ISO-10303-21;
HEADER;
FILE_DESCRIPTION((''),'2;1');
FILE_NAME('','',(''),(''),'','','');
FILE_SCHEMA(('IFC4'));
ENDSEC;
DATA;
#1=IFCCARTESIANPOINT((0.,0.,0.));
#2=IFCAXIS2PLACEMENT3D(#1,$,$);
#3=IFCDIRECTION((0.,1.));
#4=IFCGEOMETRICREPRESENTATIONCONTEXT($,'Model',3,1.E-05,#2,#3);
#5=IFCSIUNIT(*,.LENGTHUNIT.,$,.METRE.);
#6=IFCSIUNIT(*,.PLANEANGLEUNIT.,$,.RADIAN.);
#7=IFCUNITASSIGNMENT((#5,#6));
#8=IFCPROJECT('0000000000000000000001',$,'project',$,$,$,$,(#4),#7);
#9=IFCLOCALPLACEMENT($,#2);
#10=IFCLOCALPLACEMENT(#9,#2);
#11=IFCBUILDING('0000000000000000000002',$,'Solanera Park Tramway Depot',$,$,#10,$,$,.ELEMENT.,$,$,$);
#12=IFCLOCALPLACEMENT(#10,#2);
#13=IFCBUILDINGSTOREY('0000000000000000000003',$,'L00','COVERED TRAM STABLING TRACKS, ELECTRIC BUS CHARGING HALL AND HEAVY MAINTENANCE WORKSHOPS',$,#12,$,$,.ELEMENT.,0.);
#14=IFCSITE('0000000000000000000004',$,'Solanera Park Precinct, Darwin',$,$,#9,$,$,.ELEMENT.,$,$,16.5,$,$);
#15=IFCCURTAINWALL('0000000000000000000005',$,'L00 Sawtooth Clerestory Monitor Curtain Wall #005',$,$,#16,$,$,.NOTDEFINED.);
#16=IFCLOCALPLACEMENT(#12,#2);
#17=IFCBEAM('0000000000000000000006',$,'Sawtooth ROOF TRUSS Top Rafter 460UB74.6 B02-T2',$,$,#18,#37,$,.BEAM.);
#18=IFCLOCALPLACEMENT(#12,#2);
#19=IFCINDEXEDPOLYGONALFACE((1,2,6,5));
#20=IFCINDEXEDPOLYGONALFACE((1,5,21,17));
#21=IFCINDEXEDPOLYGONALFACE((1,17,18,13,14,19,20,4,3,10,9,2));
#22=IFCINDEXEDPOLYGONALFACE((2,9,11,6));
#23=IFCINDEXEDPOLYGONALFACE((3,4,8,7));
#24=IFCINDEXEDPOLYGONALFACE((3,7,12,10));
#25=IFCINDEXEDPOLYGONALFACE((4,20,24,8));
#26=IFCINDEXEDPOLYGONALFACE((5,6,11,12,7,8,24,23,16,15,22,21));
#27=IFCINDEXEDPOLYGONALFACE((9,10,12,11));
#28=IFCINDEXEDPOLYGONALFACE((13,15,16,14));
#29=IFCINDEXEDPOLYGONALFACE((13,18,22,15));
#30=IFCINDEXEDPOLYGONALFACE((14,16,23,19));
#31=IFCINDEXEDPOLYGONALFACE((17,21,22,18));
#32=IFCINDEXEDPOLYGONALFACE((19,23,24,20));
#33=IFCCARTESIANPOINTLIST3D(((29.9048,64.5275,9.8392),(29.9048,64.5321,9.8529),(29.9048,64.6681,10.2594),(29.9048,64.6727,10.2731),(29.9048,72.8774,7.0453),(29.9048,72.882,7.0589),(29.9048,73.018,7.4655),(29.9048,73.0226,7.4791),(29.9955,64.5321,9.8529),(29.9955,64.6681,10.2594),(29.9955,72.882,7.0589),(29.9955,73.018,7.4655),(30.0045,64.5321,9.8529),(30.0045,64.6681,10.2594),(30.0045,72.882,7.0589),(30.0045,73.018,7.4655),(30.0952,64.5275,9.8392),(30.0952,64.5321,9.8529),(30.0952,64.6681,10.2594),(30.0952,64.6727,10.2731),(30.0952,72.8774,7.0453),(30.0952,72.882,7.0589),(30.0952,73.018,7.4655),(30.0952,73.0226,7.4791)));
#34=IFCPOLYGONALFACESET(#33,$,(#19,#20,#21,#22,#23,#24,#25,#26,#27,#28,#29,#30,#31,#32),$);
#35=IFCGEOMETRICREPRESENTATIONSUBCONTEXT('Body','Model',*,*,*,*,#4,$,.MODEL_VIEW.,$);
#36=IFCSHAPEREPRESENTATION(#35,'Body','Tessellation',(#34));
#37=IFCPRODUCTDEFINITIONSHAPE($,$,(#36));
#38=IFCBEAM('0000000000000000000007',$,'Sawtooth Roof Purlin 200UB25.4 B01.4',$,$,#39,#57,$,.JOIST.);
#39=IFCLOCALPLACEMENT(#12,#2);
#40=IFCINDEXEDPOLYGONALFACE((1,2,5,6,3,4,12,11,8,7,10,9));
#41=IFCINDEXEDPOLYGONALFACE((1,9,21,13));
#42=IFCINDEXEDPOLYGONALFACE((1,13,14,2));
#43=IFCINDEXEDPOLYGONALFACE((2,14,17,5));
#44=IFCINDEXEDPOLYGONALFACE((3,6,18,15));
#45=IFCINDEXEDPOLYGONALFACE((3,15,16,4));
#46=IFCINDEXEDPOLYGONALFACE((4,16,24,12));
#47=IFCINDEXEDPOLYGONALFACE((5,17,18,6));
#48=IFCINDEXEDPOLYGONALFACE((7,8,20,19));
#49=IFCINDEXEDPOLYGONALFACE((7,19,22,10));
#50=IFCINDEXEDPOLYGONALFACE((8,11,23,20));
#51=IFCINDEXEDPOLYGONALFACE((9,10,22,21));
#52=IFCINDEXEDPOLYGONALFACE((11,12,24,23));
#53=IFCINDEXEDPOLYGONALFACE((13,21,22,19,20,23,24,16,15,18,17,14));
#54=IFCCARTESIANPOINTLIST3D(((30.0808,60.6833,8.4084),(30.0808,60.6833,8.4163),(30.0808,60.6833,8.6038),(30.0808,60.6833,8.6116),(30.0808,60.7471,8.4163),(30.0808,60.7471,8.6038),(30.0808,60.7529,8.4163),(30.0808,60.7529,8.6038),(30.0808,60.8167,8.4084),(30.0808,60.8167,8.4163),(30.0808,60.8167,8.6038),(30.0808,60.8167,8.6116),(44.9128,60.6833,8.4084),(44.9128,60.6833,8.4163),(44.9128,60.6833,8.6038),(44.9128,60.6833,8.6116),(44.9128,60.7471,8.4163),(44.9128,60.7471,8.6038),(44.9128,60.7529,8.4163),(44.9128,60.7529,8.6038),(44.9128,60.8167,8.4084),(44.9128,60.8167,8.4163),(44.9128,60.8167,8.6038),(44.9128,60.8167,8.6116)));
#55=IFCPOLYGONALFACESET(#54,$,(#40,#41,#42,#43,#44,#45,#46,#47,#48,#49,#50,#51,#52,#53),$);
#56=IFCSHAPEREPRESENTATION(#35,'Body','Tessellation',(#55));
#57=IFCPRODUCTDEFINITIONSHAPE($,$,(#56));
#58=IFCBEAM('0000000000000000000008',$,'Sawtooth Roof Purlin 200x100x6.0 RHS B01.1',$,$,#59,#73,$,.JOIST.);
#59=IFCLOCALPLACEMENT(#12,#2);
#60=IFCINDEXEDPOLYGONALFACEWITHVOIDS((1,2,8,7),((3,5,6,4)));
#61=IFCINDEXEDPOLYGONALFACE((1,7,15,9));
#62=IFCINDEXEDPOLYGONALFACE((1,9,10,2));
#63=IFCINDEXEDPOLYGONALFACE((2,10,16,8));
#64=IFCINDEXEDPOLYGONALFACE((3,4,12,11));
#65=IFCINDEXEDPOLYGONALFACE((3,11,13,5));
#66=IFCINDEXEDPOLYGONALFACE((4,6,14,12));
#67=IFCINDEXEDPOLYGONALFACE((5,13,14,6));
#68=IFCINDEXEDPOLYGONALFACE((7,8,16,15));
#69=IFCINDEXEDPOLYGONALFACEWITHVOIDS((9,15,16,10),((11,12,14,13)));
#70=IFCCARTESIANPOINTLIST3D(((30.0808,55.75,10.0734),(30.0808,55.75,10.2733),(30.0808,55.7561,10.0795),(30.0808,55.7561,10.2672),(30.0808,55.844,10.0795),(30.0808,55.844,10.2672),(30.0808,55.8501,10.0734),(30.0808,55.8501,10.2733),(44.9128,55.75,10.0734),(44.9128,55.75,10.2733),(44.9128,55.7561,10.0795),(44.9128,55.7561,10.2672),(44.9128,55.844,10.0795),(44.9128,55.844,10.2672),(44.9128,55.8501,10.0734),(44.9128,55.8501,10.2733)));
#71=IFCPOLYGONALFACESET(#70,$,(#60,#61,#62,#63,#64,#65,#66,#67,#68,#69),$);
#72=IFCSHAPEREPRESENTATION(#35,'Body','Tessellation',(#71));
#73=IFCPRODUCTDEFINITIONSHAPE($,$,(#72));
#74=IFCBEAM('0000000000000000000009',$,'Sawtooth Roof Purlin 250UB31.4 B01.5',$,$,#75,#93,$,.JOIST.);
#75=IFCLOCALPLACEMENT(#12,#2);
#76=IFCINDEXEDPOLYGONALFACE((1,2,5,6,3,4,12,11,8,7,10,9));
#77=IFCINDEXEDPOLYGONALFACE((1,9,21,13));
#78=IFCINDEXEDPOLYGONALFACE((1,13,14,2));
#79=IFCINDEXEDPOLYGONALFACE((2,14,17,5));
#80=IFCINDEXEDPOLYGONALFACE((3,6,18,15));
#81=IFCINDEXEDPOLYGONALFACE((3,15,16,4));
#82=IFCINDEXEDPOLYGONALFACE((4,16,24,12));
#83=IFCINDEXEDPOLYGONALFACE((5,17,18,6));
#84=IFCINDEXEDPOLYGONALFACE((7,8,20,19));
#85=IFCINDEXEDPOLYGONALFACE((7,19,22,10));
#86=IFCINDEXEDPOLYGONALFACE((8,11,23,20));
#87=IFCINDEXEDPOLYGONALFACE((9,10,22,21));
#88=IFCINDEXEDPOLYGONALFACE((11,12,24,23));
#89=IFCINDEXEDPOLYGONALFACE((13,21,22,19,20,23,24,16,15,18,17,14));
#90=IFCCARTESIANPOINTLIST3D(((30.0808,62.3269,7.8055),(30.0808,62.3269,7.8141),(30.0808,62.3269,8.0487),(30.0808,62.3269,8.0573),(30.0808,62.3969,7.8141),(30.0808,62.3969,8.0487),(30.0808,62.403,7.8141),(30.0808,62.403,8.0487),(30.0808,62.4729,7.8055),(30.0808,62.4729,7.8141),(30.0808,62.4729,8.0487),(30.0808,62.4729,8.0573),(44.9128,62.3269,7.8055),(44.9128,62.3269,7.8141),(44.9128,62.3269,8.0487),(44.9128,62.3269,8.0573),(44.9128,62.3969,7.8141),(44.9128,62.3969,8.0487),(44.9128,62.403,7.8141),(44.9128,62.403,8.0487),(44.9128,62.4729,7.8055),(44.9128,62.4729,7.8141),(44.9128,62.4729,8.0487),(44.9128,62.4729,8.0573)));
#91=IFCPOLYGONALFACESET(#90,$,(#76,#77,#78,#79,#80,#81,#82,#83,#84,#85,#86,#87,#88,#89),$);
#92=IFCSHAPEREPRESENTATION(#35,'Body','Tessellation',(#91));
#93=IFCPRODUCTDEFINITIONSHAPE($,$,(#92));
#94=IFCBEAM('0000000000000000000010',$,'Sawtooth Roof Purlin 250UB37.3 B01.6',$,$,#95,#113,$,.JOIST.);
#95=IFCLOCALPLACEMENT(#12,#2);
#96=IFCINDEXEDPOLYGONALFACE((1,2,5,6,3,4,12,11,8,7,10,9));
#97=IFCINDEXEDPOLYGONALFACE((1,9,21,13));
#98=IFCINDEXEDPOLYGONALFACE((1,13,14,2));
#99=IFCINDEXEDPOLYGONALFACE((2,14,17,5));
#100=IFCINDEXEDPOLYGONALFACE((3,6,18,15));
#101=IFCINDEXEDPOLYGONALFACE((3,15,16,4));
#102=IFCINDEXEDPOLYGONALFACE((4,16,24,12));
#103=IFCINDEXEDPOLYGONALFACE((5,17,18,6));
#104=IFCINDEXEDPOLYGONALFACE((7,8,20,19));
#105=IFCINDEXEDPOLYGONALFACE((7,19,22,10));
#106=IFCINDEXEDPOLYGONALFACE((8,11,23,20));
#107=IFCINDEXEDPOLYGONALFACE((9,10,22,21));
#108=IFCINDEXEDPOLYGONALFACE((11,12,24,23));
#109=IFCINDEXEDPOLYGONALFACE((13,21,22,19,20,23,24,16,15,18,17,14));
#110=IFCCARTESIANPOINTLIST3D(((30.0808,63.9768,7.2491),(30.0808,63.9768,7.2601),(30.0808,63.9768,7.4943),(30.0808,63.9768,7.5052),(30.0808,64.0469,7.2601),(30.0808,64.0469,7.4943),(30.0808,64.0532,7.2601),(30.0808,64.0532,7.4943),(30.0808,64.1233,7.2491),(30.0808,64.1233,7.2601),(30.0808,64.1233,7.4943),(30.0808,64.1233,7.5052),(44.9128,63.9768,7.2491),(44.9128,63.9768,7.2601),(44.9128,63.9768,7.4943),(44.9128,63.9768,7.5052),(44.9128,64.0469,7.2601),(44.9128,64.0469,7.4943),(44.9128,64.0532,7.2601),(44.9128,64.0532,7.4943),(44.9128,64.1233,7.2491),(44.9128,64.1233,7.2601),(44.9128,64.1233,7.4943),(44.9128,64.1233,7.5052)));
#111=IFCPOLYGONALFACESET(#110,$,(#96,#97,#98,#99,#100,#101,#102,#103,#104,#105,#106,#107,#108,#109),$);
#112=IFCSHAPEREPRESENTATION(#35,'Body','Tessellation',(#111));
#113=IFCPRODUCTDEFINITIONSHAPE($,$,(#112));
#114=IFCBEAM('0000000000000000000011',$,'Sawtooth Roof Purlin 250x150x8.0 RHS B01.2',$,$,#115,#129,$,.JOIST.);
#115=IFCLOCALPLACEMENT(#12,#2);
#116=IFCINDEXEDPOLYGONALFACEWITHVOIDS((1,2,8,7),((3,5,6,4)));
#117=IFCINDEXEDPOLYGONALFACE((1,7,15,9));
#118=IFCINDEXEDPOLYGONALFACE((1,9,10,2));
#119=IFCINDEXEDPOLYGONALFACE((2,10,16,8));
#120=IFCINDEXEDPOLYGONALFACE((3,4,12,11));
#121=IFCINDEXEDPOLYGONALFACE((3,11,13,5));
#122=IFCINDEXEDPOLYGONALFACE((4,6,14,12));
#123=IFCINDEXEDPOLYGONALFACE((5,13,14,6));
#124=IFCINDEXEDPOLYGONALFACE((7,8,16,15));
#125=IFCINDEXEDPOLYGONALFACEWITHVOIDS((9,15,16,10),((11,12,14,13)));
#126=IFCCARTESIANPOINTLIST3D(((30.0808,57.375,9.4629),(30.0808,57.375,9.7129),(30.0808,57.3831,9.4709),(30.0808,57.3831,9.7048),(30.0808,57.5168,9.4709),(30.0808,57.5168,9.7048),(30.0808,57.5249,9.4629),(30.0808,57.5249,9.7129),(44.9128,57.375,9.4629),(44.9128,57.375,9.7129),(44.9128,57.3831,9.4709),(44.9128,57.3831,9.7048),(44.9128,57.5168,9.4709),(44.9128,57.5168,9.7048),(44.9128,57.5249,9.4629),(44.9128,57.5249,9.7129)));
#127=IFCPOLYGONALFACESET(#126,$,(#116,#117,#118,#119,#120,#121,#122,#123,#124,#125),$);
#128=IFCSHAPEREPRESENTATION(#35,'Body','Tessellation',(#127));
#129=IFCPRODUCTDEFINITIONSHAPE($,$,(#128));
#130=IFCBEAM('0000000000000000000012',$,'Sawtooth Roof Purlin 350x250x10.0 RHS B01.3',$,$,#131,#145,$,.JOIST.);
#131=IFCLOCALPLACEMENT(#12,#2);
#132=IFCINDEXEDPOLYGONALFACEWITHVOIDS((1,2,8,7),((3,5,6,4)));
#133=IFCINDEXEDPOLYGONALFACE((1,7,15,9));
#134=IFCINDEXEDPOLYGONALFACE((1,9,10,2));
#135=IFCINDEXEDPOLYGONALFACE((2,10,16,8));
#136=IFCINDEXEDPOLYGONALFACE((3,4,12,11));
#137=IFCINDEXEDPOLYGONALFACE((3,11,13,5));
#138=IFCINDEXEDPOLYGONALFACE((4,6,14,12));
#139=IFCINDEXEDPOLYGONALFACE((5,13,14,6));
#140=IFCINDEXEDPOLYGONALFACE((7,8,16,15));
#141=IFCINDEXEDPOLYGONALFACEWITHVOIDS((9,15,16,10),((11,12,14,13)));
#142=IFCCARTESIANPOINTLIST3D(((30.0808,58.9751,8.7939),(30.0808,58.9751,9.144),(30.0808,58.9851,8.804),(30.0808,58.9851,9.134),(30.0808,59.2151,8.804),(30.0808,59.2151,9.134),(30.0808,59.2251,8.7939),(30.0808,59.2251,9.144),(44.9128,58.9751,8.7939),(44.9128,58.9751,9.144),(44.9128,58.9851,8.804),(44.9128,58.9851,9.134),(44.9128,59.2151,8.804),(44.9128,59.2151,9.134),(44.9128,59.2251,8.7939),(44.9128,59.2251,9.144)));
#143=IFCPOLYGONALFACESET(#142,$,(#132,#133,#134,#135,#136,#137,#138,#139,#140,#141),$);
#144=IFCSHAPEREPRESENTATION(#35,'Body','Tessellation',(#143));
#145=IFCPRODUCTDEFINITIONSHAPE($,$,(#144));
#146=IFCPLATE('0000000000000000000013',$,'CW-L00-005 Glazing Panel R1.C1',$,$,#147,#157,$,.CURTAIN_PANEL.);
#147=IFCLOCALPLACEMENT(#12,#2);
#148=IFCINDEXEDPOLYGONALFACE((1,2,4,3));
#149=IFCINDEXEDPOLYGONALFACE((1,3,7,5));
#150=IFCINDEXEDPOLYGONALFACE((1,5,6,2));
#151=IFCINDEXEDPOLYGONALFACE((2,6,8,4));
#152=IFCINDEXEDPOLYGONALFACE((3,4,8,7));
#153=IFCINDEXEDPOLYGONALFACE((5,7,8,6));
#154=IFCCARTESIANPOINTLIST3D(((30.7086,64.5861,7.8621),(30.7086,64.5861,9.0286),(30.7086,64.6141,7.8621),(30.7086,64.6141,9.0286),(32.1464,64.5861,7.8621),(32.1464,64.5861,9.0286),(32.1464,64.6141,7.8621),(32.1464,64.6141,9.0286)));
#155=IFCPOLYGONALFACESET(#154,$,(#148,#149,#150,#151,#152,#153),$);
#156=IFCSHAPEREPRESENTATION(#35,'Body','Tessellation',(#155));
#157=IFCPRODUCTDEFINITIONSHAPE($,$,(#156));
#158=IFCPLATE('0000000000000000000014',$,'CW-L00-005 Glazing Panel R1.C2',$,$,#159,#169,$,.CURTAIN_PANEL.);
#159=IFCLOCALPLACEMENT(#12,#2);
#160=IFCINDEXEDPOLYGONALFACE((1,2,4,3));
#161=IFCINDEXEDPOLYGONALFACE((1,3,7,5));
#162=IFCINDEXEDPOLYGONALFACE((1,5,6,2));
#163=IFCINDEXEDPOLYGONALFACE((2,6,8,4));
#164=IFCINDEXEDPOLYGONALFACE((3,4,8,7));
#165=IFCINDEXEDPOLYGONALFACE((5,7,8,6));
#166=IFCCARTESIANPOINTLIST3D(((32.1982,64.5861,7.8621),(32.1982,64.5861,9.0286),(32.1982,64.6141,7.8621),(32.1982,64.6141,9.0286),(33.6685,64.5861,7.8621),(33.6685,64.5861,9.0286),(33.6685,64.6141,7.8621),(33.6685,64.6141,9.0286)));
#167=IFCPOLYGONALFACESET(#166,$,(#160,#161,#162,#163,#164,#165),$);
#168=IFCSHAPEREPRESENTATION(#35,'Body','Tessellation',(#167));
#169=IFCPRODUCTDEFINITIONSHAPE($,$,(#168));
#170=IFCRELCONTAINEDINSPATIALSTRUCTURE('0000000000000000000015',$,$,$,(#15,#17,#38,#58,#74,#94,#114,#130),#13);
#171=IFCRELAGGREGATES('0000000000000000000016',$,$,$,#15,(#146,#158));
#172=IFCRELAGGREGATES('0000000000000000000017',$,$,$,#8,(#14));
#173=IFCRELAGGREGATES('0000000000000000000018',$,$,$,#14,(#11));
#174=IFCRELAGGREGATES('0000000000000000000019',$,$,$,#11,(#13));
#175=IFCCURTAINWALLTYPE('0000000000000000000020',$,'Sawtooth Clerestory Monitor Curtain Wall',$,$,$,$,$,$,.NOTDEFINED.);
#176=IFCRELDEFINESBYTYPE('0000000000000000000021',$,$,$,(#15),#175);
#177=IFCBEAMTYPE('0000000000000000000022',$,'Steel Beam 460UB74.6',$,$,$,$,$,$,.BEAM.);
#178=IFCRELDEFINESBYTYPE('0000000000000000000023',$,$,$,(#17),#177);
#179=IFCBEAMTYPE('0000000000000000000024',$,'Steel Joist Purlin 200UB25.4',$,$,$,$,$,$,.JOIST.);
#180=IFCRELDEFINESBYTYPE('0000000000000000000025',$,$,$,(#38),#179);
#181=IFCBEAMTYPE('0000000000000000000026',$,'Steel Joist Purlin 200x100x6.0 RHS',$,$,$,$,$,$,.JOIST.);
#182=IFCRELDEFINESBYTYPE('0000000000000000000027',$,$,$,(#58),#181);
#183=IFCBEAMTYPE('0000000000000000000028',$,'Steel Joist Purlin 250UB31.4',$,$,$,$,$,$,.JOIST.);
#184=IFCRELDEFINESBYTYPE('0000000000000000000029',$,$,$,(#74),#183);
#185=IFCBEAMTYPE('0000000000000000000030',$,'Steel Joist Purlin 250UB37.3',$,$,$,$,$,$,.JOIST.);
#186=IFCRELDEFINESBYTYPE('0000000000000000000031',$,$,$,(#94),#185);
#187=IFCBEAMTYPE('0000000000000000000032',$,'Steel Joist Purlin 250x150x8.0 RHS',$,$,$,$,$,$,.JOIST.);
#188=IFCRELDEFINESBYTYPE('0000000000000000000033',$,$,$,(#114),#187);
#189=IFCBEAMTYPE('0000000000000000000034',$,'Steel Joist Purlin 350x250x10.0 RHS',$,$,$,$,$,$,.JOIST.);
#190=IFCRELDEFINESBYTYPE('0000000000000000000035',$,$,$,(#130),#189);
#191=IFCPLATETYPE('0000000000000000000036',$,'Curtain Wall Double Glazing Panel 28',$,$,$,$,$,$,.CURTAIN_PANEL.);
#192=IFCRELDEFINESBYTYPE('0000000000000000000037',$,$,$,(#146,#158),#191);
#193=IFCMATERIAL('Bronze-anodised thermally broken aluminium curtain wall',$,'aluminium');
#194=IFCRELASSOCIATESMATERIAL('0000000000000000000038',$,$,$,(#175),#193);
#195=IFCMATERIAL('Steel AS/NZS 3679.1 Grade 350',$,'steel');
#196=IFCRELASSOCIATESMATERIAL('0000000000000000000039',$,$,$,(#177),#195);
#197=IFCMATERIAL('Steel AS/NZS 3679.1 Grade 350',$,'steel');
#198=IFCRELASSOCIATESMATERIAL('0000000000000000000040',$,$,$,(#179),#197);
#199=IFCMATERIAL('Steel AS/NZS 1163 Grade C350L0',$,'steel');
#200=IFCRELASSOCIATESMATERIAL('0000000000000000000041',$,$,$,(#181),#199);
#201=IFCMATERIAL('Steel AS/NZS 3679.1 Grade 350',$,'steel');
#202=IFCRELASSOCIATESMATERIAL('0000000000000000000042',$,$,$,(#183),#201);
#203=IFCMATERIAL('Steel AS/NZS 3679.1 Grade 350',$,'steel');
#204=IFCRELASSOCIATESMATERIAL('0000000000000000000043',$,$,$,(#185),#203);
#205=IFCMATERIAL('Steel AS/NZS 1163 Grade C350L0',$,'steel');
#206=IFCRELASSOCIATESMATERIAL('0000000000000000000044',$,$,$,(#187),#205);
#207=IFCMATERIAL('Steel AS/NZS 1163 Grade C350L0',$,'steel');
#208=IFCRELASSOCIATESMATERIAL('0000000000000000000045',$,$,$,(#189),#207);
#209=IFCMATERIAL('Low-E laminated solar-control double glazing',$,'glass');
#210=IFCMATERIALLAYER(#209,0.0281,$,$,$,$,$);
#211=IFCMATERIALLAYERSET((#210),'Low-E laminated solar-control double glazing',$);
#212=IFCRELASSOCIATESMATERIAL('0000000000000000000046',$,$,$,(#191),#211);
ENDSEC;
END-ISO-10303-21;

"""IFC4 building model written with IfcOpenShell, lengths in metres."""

from ifc_helpers import new_model, si_unit, direction, frame, origin, origin_2d, place, context, subcontext, project, spatial, rectangle, hollow_rectangle, i_section, extrude, material, layer, layer_set, material_profile, profile_set, type_object, element, aggregate, save


model = new_model("IFC4")

# Units and contexts
model_context = context("Model", 3, precision=1e-05, world=origin(), true_north=direction((0.0, 1.0)))
body_context = subcontext(model_context, "Body", "Model", "MODEL_VIEW")
ifc_project = project(units=[si_unit("LENGTHUNIT", "METRE"), si_unit("PLANEANGLEUNIT", "RADIAN")], contexts=[model_context])

# Site, building, storey
site_placement = place(None, origin())
site = spatial("IfcSite", under=ifc_project, at=site_placement, Name="Solanera Park Precinct, Darwin", CompositionType="ELEMENT", RefElevation=16.5)
building_placement = place(site_placement, origin())
building = spatial("IfcBuilding", under=site, at=building_placement, Name="Solanera Park Tramway Depot", CompositionType="ELEMENT")
storey_placement = place(building_placement, origin())
storey = spatial("IfcBuildingStorey", under=building, at=storey_placement, Name="L00", Description="COVERED TRAM STABLING TRACKS, ELECTRIC BUS CHARGING HALL AND HEAVY MAINTENANCE WORKSHOPS", CompositionType="ELEMENT", Elevation=0.0)

# Curtain wall
ifc_material_1 = material(Name="Bronze-anodised thermally broken aluminium curtain wall", Category="aluminium")
curtain_wall_type = type_object("IfcCurtainWallType", Name="Sawtooth Clerestory Monitor Curtain Wall", PredefinedType="NOTDEFINED", material=ifc_material_1)
curtain_wall_placement = place(storey_placement, origin())
curtain_wall = element("IfcCurtainWall", 1, at=curtain_wall_placement, inside=storey, type_object=curtain_wall_type, Name="L00 Sawtooth Clerestory Monitor Curtain Wall #005", PredefinedType="NOTDEFINED")

# Beams
ifc_material_2 = material(Name="Steel AS/NZS 3679.1 Grade 350", Category="steel")
ifc_material_profile_1 = material_profile(ifc_material_2, i_section(OverallWidth=0.1904, OverallDepth=0.4575, WebThickness=0.009, FlangeThickness=0.0144, at=origin_2d()), Name="460UB74.6")
ifc_profile_set_1 = profile_set([ifc_material_profile_1], Name="Steel AS/NZS 3679.1 Grade 350")
beam_type_1 = type_object("IfcBeamType", Name="Steel Beam 460UB74.6", PredefinedType="BEAM", material=ifc_profile_set_1)
beam_1_placement = place(storey_placement, frame((30.0, 64.6001, 10.0562), z_axis=(0.0, 0.948319, -0.317317), x_axis=(-1.0, 0.0, 0.0)))
element("IfcBeam", 2, at=beam_1_placement, inside=storey, type_object=beam_type_1, Name="Sawtooth ROOF TRUSS Top Rafter 460UB74.6 B02-T2", PredefinedType="BEAM", context=body_context, shape_type="SweptSolid", body=[
    extrude(i_section(OverallWidth=0.1904, OverallDepth=0.4575, WebThickness=0.009, FlangeThickness=0.0144, at=origin_2d()), origin(), (0.0, 0.0, 1.0), 8.8049),
])
ifc_material_3 = material(Name="Steel AS/NZS 3679.1 Grade 350", Category="steel")
ifc_material_profile_2 = material_profile(ifc_material_3, i_section(OverallWidth=0.1333, OverallDepth=0.2031, WebThickness=0.0059, FlangeThickness=0.0078, at=origin_2d()), Name="200UB25.4")
ifc_profile_set_2 = profile_set([ifc_material_profile_2], Name="Steel AS/NZS 3679.1 Grade 350")
beam_type_2 = type_object("IfcBeamType", Name="Steel Joist Purlin 200UB25.4", PredefinedType="JOIST", material=ifc_profile_set_2)
beam_2_placement = place(storey_placement, frame((30.0808, 60.75, 8.51), z_axis=(1.0, 0.0, 0.0), x_axis=(0.0, 1.0, 0.0)))
element("IfcBeam", 3, at=beam_2_placement, inside=storey, type_object=beam_type_2, Name="Sawtooth Roof Purlin 200UB25.4 B01.4", PredefinedType="JOIST", context=body_context, shape_type="SweptSolid", body=[
    extrude(i_section(OverallWidth=0.1333, OverallDepth=0.2031, WebThickness=0.0059, FlangeThickness=0.0078, at=origin_2d()), origin(), (0.0, 0.0, 1.0), 14.832),
])
ifc_material_4 = material(Name="Steel AS/NZS 1163 Grade C350L0", Category="steel")
ifc_material_profile_3 = material_profile(ifc_material_4, hollow_rectangle(XDim=0.1001, YDim=0.2, WallThickness=0.0061, at=origin_2d()), Name="200x100x6.0 RHS")
ifc_profile_set_3 = profile_set([ifc_material_profile_3], Name="Steel AS/NZS 1163 Grade C350L0")
beam_type_3 = type_object("IfcBeamType", Name="Steel Joist Purlin 200x100x6.0 RHS", PredefinedType="JOIST", material=ifc_profile_set_3)
beam_3_placement = place(storey_placement, frame((30.0808, 55.8, 10.1733), z_axis=(1.0, 0.0, 0.0), x_axis=(0.0, 1.0, 0.0)))
element("IfcBeam", 4, at=beam_3_placement, inside=storey, type_object=beam_type_3, Name="Sawtooth Roof Purlin 200x100x6.0 RHS B01.1", PredefinedType="JOIST", context=body_context, shape_type="SweptSolid", body=[
    extrude(hollow_rectangle(XDim=0.1001, YDim=0.2, WallThickness=0.0061, at=origin_2d()), origin(), (0.0, 0.0, 1.0), 14.832),
])
ifc_material_5 = material(Name="Steel AS/NZS 3679.1 Grade 350", Category="steel")
ifc_material_profile_4 = material_profile(ifc_material_5, i_section(OverallWidth=0.146, OverallDepth=0.2517, WebThickness=0.0061, FlangeThickness=0.0085, at=origin_2d()), Name="250UB31.4")
ifc_profile_set_4 = profile_set([ifc_material_profile_4], Name="Steel AS/NZS 3679.1 Grade 350")
beam_type_4 = type_object("IfcBeamType", Name="Steel Joist Purlin 250UB31.4", PredefinedType="JOIST", material=ifc_profile_set_4)
beam_4_placement = place(storey_placement, frame((30.0808, 62.3999, 7.9314), z_axis=(1.0, 0.0, 0.0), x_axis=(0.0, 1.0, 0.0)))
element("IfcBeam", 5, at=beam_4_placement, inside=storey, type_object=beam_type_4, Name="Sawtooth Roof Purlin 250UB31.4 B01.5", PredefinedType="JOIST", context=body_context, shape_type="SweptSolid", body=[
    extrude(i_section(OverallWidth=0.146, OverallDepth=0.2517, WebThickness=0.0061, FlangeThickness=0.0085, at=origin_2d()), origin(), (0.0, 0.0, 1.0), 14.832),
])
ifc_material_6 = material(Name="Steel AS/NZS 3679.1 Grade 350", Category="steel")
ifc_material_profile_5 = material_profile(ifc_material_6, i_section(OverallWidth=0.1465, OverallDepth=0.2561, WebThickness=0.0063, FlangeThickness=0.011, at=origin_2d()), Name="250UB37.3")
ifc_profile_set_5 = profile_set([ifc_material_profile_5], Name="Steel AS/NZS 3679.1 Grade 350")
beam_type_5 = type_object("IfcBeamType", Name="Steel Joist Purlin 250UB37.3", PredefinedType="JOIST", material=ifc_profile_set_5)
beam_5_placement = place(storey_placement, frame((30.0808, 64.05, 7.3772), z_axis=(1.0, 0.0, 0.0), x_axis=(0.0, 1.0, 0.0)))
element("IfcBeam", 6, at=beam_5_placement, inside=storey, type_object=beam_type_5, Name="Sawtooth Roof Purlin 250UB37.3 B01.6", PredefinedType="JOIST", context=body_context, shape_type="SweptSolid", body=[
    extrude(i_section(OverallWidth=0.1465, OverallDepth=0.2561, WebThickness=0.0063, FlangeThickness=0.011, at=origin_2d()), origin(), (0.0, 0.0, 1.0), 14.832),
])
ifc_material_7 = material(Name="Steel AS/NZS 1163 Grade C350L0", Category="steel")
ifc_material_profile_6 = material_profile(ifc_material_7, hollow_rectangle(XDim=0.1499, YDim=0.25, WallThickness=0.0081, at=origin_2d()), Name="250x150x8.0 RHS")
ifc_profile_set_6 = profile_set([ifc_material_profile_6], Name="Steel AS/NZS 1163 Grade C350L0")
beam_type_6 = type_object("IfcBeamType", Name="Steel Joist Purlin 250x150x8.0 RHS", PredefinedType="JOIST", material=ifc_profile_set_6)
beam_6_placement = place(storey_placement, frame((30.0808, 57.45, 9.5879), z_axis=(1.0, 0.0, 0.0), x_axis=(0.0, 1.0, 0.0)))
element("IfcBeam", 7, at=beam_6_placement, inside=storey, type_object=beam_type_6, Name="Sawtooth Roof Purlin 250x150x8.0 RHS B01.2", PredefinedType="JOIST", context=body_context, shape_type="SweptSolid", body=[
    extrude(hollow_rectangle(XDim=0.1499, YDim=0.25, WallThickness=0.0081, at=origin_2d()), origin(), (0.0, 0.0, 1.0), 14.832),
])
ifc_material_8 = material(Name="Steel AS/NZS 1163 Grade C350L0", Category="steel")
ifc_material_profile_7 = material_profile(ifc_material_8, hollow_rectangle(XDim=0.25, YDim=0.3501, WallThickness=0.01, at=origin_2d()), Name="350x250x10.0 RHS")
ifc_profile_set_7 = profile_set([ifc_material_profile_7], Name="Steel AS/NZS 1163 Grade C350L0")
beam_type_7 = type_object("IfcBeamType", Name="Steel Joist Purlin 350x250x10.0 RHS", PredefinedType="JOIST", material=ifc_profile_set_7)
beam_7_placement = place(storey_placement, frame((30.0808, 59.1001, 8.969), z_axis=(1.0, 0.0, 0.0), x_axis=(0.0, 1.0, 0.0)))
element("IfcBeam", 8, at=beam_7_placement, inside=storey, type_object=beam_type_7, Name="Sawtooth Roof Purlin 350x250x10.0 RHS B01.3", PredefinedType="JOIST", context=body_context, shape_type="SweptSolid", body=[
    extrude(hollow_rectangle(XDim=0.25, YDim=0.3501, WallThickness=0.01, at=origin_2d()), origin(), (0.0, 0.0, 1.0), 14.832),
])

# Plates
ifc_material_9 = material(Name="Low-E laminated solar-control double glazing", Category="glass")
ifc_layer_1 = layer(ifc_material_9, 0.0281)
ifc_layer_set_1 = layer_set([ifc_layer_1], Name="Low-E laminated solar-control double glazing")
plate_type_1 = type_object("IfcPlateType", Name="Curtain Wall Double Glazing Panel 28", PredefinedType="CURTAIN_PANEL", material=ifc_layer_set_1)
plate_1_placement = place(storey_placement, frame((31.4275, 64.6001, 7.8621), z_axis=(0.0, 0.0, 1.0), x_axis=(1.0, 0.0, 0.0)))
plate_1 = element("IfcPlate", 9, at=plate_1_placement, type_object=plate_type_1, Name="CW-L00-005 Glazing Panel R1.C1", PredefinedType="CURTAIN_PANEL", context=body_context, shape_type="SweptSolid", body=[
    extrude(rectangle(XDim=1.4377, YDim=0.0281, at=origin_2d()), origin(), (0.0, 0.0, 1.0), 1.1665),
])
plate_2_placement = place(storey_placement, frame((32.9333, 64.6001, 7.8621), z_axis=(0.0, 0.0, 1.0), x_axis=(1.0, 0.0, 0.0)))
plate_2 = element("IfcPlate", 10, at=plate_2_placement, type_object=plate_type_1, Name="CW-L00-005 Glazing Panel R1.C2", PredefinedType="CURTAIN_PANEL", context=body_context, shape_type="SweptSolid", body=[
    extrude(rectangle(XDim=1.4702, YDim=0.0281, at=origin_2d()), origin(), (0.0, 0.0, 1.0), 1.1665),
])
aggregate(curtain_wall, [plate_1, plate_2])

save(model, "model.ifc")
